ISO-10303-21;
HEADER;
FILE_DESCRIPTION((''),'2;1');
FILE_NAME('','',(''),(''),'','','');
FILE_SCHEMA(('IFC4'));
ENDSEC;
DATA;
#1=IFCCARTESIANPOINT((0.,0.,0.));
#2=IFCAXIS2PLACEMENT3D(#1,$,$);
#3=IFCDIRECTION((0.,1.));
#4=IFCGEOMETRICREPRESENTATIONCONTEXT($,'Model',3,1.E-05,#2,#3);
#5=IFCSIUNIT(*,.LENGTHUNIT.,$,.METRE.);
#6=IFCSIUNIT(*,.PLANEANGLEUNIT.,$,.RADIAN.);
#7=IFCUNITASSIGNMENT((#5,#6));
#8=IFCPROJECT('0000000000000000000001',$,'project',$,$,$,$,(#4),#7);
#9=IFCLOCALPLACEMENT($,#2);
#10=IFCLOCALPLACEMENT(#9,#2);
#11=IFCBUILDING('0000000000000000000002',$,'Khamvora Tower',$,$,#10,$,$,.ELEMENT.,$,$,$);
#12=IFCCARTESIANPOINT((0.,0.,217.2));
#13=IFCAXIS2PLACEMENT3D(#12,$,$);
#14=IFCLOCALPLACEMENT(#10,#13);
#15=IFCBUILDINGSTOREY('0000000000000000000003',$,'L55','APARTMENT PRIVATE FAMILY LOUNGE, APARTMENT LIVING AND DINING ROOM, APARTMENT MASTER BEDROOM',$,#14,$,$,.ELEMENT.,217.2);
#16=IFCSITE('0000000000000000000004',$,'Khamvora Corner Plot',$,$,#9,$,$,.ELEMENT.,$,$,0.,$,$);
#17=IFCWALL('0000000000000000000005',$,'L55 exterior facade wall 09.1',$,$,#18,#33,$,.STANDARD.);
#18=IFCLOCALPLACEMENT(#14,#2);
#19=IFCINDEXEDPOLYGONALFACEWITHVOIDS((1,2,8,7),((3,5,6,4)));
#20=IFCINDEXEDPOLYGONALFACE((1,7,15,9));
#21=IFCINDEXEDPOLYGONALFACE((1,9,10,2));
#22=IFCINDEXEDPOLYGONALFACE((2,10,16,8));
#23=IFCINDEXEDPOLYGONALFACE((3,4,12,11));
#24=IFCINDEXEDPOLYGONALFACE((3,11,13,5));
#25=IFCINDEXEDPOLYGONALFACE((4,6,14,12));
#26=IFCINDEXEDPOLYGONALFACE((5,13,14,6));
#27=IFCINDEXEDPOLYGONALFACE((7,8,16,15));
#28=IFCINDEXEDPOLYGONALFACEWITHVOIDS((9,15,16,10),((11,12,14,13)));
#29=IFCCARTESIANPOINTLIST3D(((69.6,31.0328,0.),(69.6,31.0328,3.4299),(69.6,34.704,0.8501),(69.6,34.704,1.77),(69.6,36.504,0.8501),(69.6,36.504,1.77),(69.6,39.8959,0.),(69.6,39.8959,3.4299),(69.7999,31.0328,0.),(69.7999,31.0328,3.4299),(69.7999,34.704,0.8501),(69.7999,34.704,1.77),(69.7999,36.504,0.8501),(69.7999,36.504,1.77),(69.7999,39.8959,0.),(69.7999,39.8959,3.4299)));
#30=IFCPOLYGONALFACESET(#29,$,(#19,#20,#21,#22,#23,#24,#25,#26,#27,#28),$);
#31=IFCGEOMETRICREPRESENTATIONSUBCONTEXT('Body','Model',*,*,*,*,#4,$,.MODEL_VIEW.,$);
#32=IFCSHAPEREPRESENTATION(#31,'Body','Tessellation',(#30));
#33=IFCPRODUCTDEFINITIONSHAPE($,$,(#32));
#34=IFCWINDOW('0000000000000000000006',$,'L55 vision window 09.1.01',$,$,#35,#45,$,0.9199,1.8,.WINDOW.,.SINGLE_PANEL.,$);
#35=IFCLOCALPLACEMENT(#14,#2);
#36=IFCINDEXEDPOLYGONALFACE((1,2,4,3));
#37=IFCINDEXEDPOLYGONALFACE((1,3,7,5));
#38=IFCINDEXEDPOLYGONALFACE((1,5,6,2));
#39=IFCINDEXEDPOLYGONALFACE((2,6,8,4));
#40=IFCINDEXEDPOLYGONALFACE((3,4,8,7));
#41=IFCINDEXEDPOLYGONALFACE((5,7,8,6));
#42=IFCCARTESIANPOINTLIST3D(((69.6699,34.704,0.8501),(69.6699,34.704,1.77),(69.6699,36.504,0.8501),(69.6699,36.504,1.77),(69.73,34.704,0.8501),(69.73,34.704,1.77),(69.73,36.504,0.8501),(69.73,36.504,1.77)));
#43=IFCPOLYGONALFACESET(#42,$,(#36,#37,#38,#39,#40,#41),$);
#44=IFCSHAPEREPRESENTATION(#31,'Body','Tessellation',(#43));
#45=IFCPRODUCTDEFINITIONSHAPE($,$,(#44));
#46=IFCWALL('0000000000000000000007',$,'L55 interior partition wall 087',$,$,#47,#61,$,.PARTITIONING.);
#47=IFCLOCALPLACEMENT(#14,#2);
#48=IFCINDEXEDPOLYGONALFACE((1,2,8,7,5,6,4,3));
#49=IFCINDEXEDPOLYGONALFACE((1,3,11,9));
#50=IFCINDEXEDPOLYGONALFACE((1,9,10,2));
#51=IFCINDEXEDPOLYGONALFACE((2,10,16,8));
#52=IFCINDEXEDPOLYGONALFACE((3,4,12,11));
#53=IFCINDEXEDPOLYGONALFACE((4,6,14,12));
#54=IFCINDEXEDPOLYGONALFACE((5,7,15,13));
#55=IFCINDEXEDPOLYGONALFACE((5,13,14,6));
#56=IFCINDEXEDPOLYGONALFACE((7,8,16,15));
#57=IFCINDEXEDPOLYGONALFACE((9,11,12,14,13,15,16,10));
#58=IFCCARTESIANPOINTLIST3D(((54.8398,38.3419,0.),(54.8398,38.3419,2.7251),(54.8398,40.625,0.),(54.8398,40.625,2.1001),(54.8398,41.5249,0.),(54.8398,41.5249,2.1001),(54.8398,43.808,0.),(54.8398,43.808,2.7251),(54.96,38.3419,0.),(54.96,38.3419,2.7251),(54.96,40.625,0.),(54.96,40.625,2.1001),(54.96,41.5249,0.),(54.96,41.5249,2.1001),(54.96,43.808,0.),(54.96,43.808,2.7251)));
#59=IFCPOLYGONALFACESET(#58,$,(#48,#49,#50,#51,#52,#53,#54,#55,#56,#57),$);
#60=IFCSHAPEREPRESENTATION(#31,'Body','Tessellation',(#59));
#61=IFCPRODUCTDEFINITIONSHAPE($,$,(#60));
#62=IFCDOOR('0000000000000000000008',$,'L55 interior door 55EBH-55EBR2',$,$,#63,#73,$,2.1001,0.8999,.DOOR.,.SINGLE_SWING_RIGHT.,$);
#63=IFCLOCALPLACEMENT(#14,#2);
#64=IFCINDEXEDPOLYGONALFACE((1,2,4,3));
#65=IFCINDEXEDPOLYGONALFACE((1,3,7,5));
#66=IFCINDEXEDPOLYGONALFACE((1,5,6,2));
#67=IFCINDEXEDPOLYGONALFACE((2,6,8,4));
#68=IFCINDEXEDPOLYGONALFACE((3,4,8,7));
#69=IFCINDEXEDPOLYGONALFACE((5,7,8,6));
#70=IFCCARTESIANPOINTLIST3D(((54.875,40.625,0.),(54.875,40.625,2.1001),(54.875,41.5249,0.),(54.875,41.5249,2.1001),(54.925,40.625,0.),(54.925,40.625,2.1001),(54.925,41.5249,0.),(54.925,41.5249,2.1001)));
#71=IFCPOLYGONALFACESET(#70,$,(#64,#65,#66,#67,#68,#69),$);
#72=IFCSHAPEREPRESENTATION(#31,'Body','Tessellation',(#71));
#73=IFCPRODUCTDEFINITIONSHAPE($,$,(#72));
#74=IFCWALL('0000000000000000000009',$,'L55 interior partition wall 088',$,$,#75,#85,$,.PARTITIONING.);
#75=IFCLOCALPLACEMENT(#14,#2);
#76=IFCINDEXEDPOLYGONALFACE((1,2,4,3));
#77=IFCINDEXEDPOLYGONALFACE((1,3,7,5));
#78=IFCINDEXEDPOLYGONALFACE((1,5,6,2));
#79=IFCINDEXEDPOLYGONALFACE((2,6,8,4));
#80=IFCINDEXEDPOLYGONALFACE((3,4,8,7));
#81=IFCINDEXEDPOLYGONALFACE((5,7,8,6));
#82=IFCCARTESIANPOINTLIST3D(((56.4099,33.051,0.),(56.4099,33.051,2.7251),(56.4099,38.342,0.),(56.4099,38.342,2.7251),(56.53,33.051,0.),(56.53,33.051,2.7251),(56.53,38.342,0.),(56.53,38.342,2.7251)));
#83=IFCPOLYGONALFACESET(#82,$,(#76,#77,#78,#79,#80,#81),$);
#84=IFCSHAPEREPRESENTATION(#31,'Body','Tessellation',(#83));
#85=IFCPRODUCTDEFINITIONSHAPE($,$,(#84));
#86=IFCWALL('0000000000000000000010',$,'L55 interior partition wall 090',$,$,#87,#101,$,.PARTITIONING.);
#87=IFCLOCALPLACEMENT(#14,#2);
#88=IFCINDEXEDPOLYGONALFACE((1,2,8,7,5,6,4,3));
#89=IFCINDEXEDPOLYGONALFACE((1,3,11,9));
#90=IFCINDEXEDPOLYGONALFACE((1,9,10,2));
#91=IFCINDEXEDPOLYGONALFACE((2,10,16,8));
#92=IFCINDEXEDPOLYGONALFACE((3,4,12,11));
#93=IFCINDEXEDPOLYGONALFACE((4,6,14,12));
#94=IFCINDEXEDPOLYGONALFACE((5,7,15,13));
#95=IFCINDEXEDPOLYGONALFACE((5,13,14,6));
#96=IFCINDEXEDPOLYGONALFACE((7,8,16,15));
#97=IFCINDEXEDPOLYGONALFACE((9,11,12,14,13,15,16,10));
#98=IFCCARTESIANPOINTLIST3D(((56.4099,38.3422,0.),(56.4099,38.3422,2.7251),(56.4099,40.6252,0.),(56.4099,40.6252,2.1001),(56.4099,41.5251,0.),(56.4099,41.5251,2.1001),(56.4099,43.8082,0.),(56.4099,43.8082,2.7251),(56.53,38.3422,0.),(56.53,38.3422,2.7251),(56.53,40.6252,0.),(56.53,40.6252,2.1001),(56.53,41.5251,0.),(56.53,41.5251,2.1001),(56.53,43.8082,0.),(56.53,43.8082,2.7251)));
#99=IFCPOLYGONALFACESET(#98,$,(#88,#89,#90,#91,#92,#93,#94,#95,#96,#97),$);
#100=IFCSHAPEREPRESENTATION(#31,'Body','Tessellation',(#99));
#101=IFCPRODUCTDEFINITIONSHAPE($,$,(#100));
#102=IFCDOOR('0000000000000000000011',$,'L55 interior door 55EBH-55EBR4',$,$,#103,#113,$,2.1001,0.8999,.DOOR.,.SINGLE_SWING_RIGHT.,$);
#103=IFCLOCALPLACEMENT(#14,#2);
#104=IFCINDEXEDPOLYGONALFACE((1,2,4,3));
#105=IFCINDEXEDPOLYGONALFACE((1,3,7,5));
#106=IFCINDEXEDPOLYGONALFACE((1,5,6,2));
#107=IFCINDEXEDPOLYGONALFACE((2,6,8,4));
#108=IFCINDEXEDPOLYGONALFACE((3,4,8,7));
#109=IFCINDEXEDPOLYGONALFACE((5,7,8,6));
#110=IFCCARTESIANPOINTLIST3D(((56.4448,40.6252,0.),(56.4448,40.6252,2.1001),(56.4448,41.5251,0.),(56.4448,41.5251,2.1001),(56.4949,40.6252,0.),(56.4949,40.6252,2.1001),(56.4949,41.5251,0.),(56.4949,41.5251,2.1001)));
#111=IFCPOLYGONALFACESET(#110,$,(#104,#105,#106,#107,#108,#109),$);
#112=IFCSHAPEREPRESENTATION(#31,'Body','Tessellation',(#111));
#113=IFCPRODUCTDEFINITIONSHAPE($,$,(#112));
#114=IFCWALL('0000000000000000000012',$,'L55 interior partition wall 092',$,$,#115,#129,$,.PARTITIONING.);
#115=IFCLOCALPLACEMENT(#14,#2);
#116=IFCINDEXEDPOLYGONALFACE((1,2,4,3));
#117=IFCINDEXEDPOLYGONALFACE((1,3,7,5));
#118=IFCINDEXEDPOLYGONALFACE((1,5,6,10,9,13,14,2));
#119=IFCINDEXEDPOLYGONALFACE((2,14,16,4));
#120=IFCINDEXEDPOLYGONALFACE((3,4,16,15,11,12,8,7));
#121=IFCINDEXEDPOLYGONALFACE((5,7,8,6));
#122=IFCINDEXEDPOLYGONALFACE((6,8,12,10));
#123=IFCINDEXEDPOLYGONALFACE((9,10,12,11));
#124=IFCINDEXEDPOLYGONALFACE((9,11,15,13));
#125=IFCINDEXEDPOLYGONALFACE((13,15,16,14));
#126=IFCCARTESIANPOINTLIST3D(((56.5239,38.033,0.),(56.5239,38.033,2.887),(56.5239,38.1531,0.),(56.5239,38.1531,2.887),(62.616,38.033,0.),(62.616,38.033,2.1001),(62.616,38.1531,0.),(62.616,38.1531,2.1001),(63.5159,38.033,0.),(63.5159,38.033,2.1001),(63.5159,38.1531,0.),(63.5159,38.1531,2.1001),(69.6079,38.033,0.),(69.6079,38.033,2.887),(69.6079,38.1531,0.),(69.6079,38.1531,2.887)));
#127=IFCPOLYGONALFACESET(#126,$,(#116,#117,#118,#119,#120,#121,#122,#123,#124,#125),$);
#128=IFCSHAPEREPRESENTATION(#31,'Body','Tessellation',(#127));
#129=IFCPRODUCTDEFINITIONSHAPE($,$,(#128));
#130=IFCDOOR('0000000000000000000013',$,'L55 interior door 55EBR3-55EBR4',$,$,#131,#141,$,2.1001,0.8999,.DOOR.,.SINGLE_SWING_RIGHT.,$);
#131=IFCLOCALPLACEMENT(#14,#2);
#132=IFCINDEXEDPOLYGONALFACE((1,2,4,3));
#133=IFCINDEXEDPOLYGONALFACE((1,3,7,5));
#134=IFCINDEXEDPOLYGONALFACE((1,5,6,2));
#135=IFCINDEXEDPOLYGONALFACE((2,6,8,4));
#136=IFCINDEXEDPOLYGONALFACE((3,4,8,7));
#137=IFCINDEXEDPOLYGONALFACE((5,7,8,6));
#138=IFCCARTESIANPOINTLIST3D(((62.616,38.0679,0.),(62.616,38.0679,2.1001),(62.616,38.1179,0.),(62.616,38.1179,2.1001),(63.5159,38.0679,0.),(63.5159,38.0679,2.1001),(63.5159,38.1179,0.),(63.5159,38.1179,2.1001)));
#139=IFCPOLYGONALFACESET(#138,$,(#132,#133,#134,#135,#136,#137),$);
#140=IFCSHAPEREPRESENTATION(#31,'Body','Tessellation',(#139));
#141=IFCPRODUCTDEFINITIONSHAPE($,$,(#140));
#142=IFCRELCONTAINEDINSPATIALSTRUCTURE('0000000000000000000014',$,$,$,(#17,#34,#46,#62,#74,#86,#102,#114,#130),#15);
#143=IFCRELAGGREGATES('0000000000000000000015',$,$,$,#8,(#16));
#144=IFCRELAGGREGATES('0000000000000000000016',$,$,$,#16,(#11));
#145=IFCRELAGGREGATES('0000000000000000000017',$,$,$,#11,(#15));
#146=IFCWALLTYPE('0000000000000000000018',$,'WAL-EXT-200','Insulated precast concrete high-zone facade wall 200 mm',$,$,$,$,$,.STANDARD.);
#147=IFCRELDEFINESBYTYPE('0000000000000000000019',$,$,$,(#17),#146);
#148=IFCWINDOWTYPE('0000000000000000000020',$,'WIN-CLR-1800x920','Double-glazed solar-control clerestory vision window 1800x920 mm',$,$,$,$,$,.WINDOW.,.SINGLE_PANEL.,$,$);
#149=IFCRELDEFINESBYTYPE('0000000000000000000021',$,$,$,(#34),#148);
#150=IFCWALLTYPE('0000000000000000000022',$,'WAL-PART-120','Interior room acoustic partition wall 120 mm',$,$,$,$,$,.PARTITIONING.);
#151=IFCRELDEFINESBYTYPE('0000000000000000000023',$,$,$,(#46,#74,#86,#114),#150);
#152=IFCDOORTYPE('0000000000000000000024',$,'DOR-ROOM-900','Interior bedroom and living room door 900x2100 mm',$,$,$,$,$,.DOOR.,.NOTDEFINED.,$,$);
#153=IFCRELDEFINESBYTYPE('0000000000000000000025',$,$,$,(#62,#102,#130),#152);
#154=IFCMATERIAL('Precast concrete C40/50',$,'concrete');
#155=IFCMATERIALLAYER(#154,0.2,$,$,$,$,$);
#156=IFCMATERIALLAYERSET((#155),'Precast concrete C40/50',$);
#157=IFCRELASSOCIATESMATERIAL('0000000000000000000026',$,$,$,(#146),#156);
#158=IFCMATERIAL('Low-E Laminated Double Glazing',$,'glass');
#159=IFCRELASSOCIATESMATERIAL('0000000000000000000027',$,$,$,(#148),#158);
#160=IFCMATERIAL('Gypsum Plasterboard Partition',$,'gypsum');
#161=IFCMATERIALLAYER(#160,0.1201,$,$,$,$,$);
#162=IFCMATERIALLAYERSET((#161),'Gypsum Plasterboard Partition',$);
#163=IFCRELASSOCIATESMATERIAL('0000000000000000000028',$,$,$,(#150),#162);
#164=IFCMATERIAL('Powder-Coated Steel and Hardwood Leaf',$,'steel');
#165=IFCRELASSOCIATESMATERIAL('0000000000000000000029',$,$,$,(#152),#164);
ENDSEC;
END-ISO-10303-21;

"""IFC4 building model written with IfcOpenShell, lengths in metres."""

from ifc_helpers import new_model, si_unit, direction, frame, frame_2d, origin, place, context, subcontext, project, spatial, rectangle, extrude, material, layer, layer_set, type_object, element, fill, save


model = new_model("IFC4")

# Units and contexts
model_context = context("Model", 3, precision=1e-05, world=origin(), true_north=direction((0.0, 1.0)))
body_context = subcontext(model_context, "Body", "Model", "MODEL_VIEW")
ifc_project = project(units=[si_unit("LENGTHUNIT", "METRE"), si_unit("PLANEANGLEUNIT", "RADIAN")], contexts=[model_context])

# Site, building, storey
site_placement = place(None, origin())
site = spatial("IfcSite", under=ifc_project, at=site_placement, Name="Khamvora Corner Plot", CompositionType="ELEMENT", RefElevation=0.0)
building_placement = place(site_placement, origin())
building = spatial("IfcBuilding", under=site, at=building_placement, Name="Khamvora Tower", CompositionType="ELEMENT")
storey_placement = place(building_placement, frame((0.0, 0.0, 217.2)))
storey = spatial("IfcBuildingStorey", under=building, at=storey_placement, Name="L55", Description="APARTMENT PRIVATE FAMILY LOUNGE, APARTMENT LIVING AND DINING ROOM, APARTMENT MASTER BEDROOM", CompositionType="ELEMENT", Elevation=217.2)

# Shared definitions
ifc_material_1 = material(Name="Precast concrete C40/50", Category="concrete")
ifc_layer_1 = layer(ifc_material_1, 0.2)
ifc_layer_set_1 = layer_set([ifc_layer_1], Name="Precast concrete C40/50")
wall_type_1 = type_object("IfcWallType", Name="WAL-EXT-200", Description="Insulated precast concrete high-zone facade wall 200 mm", PredefinedType="STANDARD", material=ifc_layer_set_1)

# Wall, opening, window
wall_1_placement = place(storey_placement, frame((69.7, 39.896, 0.0), z_axis=(0.0, 0.0, 1.0), x_axis=(0.0, -1.0, 0.0)))
wall_1 = element("IfcWall", 1, at=wall_1_placement, inside=storey, type_object=wall_type_1, Name="L55 exterior facade wall 09.1", PredefinedType="STANDARD", context=body_context, shape_type="SweptSolid", body=[
    extrude(rectangle(XDim=8.863, YDim=0.2, at=frame_2d((4.4316, 0.0))), origin(), (0.0, 0.0, 1.0), 3.4299),
])
opening_1_placement = place(wall_1_placement, frame((3.3921, 0.0, 0.8501)))
opening_1 = element("IfcOpeningElement", 2, at=opening_1_placement, cuts=wall_1, PredefinedType="OPENING", context=body_context, shape_type="SweptSolid", body=[
    extrude(rectangle(XDim=1.8, YDim=0.9199, at=frame_2d((0.8999, 0.46))), frame((0.0, 0.1099, 0.0), z_axis=(0.0, -1.0, 0.0), x_axis=(1.0, 0.0, 0.0)), (0.0, 0.0, 1.0), 0.22),
])
ifc_material_2 = material(Name="Low-E Laminated Double Glazing", Category="glass")
window_type = type_object("IfcWindowType", Name="WIN-CLR-1800x920", Description="Double-glazed solar-control clerestory vision window 1800x920 mm", PartitioningType="SINGLE_PANEL", PredefinedType="WINDOW", material=ifc_material_2)
window_placement = place(opening_1_placement, origin())
window = element("IfcWindow", 3, at=window_placement, inside=storey, type_object=window_type, Name="L55 vision window 09.1.01", OverallHeight=0.9199, OverallWidth=1.8, PartitioningType="SINGLE_PANEL", PredefinedType="WINDOW", context=body_context, shape_type="SweptSolid", body=[
    extrude(rectangle(XDim=1.8, YDim=0.9199, at=frame_2d((0.8999, 0.46))), frame((0.0, 0.03, 0.0), z_axis=(0.0, -1.0, 0.0), x_axis=(1.0, 0.0, 0.0)), (0.0, 0.0, 1.0), 0.0601),
])
fill(opening_1, window)

# Wall, opening, door
ifc_material_3 = material(Name="Gypsum Plasterboard Partition", Category="gypsum")
ifc_layer_2 = layer(ifc_material_3, 0.1201)
ifc_layer_set_2 = layer_set([ifc_layer_2], Name="Gypsum Plasterboard Partition")
wall_type_2 = type_object("IfcWallType", Name="WAL-PART-120", Description="Interior room acoustic partition wall 120 mm", PredefinedType="PARTITIONING", material=ifc_layer_set_2)
wall_2_placement = place(storey_placement, frame((54.8999, 38.342, 0.0), z_axis=(0.0, 0.0, 1.0), x_axis=(0.0, 1.0, 0.0)))
wall_2 = element("IfcWall", 4, at=wall_2_placement, inside=storey, type_object=wall_type_2, Name="L55 interior partition wall 087", PredefinedType="PARTITIONING", context=body_context, shape_type="SweptSolid", body=[
    extrude(rectangle(XDim=5.4661, YDim=0.1201, at=frame_2d((2.7329, 0.0))), origin(), (0.0, 0.0, 1.0), 2.7251),
])
opening_2_placement = place(wall_2_placement, frame((2.283, 0.0, 0.0)))
opening_2 = element("IfcOpeningElement", 5, at=opening_2_placement, cuts=wall_2, PredefinedType="OPENING", context=body_context, shape_type="SweptSolid", body=[
    extrude(rectangle(XDim=0.8999, YDim=2.1001, at=frame_2d((0.45, 1.05))), frame((0.0, 0.0701, 0.0), z_axis=(0.0, -1.0, 0.0), x_axis=(1.0, 0.0, 0.0)), (0.0, 0.0, 1.0), 0.1401),
])
ifc_material_4 = material(Name="Powder-Coated Steel and Hardwood Leaf", Category="steel")
door_type = type_object("IfcDoorType", Name="DOR-ROOM-900", Description="Interior bedroom and living room door 900x2100 mm", OperationType="NOTDEFINED", PredefinedType="DOOR", material=ifc_material_4)
door_1_placement = place(opening_2_placement, origin())
door_1 = element("IfcDoor", 6, at=door_1_placement, inside=storey, type_object=door_type, Name="L55 interior door 55EBH-55EBR2", OperationType="SINGLE_SWING_RIGHT", OverallHeight=2.1001, OverallWidth=0.8999, PredefinedType="DOOR", context=body_context, shape_type="SweptSolid", body=[
    extrude(rectangle(XDim=0.8999, YDim=2.1001, at=frame_2d((0.45, 1.05))), frame((0.0, 0.0249, 0.0), z_axis=(0.0, -1.0, 0.0), x_axis=(1.0, 0.0, 0.0)), (0.0, 0.0, 1.0), 0.05),
])
fill(opening_2, door_1)

# Wall
wall_3_placement = place(storey_placement, frame((56.47, 38.342, 0.0), z_axis=(0.0, 0.0, 1.0), x_axis=(0.0, -1.0, 0.0)))
element("IfcWall", 7, at=wall_3_placement, inside=storey, type_object=wall_type_2, Name="L55 interior partition wall 088", PredefinedType="PARTITIONING", context=body_context, shape_type="SweptSolid", body=[
    extrude(rectangle(XDim=5.291, YDim=0.1201, at=frame_2d((2.6455, 0.0))), origin(), (0.0, 0.0, 1.0), 2.7251),
])

# Walls, openings, doors
wall_4_placement = place(storey_placement, frame((56.47, 43.8081, 0.0), z_axis=(0.0, 0.0, 1.0), x_axis=(0.0, -1.0, 0.0)))
wall_4 = element("IfcWall", 8, at=wall_4_placement, inside=storey, type_object=wall_type_2, Name="L55 interior partition wall 090", PredefinedType="PARTITIONING", context=body_context, shape_type="SweptSolid", body=[
    extrude(rectangle(XDim=5.4661, YDim=0.1201, at=frame_2d((2.7329, 0.0))), origin(), (0.0, 0.0, 1.0), 2.7251),
])
opening_3_placement = place(wall_4_placement, frame((2.283, 0.0, 0.0)))
opening_3 = element("IfcOpeningElement", 9, at=opening_3_placement, cuts=wall_4, PredefinedType="OPENING", context=body_context, shape_type="SweptSolid", body=[
    extrude(rectangle(XDim=0.8999, YDim=2.1001, at=frame_2d((0.45, 1.05))), frame((0.0, 0.0701, 0.0), z_axis=(0.0, -1.0, 0.0), x_axis=(1.0, 0.0, 0.0)), (0.0, 0.0, 1.0), 0.1401),
])
door_2_placement = place(opening_3_placement, origin())
door_2 = element("IfcDoor", 10, at=door_2_placement, inside=storey, type_object=door_type, Name="L55 interior door 55EBH-55EBR4", OperationType="SINGLE_SWING_RIGHT", OverallHeight=2.1001, OverallWidth=0.8999, PredefinedType="DOOR", context=body_context, shape_type="SweptSolid", body=[
    extrude(rectangle(XDim=0.8999, YDim=2.1001, at=frame_2d((0.45, 1.05))), frame((0.0, 0.0249, 0.0), z_axis=(0.0, -1.0, 0.0), x_axis=(1.0, 0.0, 0.0)), (0.0, 0.0, 1.0), 0.05),
])
fill(opening_3, door_2)
wall_5_placement = place(storey_placement, frame((56.5239, 38.093, 0.0), z_axis=(0.0, 0.0, 1.0), x_axis=(1.0, 0.0, 0.0)))
wall_5 = element("IfcWall", 11, at=wall_5_placement, inside=storey, type_object=wall_type_2, Name="L55 interior partition wall 092", PredefinedType="PARTITIONING", context=body_context, shape_type="SweptSolid", body=[
    extrude(rectangle(XDim=13.084, YDim=0.1201, at=frame_2d((6.542, 0.0))), origin(), (0.0, 0.0, 1.0), 2.887),
])
opening_4_placement = place(wall_5_placement, frame((6.092, 0.0, 0.0)))
opening_4 = element("IfcOpeningElement", 12, at=opening_4_placement, cuts=wall_5, PredefinedType="OPENING", context=body_context, shape_type="SweptSolid", body=[
    extrude(rectangle(XDim=0.8999, YDim=2.1001, at=frame_2d((0.45, 1.05))), frame((0.0, 0.0701, 0.0), z_axis=(0.0, -1.0, 0.0), x_axis=(1.0, 0.0, 0.0)), (0.0, 0.0, 1.0), 0.1401),
])
door_3_placement = place(opening_4_placement, origin())
door_3 = element("IfcDoor", 13, at=door_3_placement, inside=storey, type_object=door_type, Name="L55 interior door 55EBR3-55EBR4", OperationType="SINGLE_SWING_RIGHT", OverallHeight=2.1001, OverallWidth=0.8999, PredefinedType="DOOR", context=body_context, shape_type="SweptSolid", body=[
    extrude(rectangle(XDim=0.8999, YDim=2.1001, at=frame_2d((0.45, 1.05))), frame((0.0, 0.0249, 0.0), z_axis=(0.0, -1.0, 0.0), x_axis=(1.0, 0.0, 0.0)), (0.0, 0.0, 1.0), 0.05),
])
fill(opening_4, door_3)

save(model, "model.ifc")
